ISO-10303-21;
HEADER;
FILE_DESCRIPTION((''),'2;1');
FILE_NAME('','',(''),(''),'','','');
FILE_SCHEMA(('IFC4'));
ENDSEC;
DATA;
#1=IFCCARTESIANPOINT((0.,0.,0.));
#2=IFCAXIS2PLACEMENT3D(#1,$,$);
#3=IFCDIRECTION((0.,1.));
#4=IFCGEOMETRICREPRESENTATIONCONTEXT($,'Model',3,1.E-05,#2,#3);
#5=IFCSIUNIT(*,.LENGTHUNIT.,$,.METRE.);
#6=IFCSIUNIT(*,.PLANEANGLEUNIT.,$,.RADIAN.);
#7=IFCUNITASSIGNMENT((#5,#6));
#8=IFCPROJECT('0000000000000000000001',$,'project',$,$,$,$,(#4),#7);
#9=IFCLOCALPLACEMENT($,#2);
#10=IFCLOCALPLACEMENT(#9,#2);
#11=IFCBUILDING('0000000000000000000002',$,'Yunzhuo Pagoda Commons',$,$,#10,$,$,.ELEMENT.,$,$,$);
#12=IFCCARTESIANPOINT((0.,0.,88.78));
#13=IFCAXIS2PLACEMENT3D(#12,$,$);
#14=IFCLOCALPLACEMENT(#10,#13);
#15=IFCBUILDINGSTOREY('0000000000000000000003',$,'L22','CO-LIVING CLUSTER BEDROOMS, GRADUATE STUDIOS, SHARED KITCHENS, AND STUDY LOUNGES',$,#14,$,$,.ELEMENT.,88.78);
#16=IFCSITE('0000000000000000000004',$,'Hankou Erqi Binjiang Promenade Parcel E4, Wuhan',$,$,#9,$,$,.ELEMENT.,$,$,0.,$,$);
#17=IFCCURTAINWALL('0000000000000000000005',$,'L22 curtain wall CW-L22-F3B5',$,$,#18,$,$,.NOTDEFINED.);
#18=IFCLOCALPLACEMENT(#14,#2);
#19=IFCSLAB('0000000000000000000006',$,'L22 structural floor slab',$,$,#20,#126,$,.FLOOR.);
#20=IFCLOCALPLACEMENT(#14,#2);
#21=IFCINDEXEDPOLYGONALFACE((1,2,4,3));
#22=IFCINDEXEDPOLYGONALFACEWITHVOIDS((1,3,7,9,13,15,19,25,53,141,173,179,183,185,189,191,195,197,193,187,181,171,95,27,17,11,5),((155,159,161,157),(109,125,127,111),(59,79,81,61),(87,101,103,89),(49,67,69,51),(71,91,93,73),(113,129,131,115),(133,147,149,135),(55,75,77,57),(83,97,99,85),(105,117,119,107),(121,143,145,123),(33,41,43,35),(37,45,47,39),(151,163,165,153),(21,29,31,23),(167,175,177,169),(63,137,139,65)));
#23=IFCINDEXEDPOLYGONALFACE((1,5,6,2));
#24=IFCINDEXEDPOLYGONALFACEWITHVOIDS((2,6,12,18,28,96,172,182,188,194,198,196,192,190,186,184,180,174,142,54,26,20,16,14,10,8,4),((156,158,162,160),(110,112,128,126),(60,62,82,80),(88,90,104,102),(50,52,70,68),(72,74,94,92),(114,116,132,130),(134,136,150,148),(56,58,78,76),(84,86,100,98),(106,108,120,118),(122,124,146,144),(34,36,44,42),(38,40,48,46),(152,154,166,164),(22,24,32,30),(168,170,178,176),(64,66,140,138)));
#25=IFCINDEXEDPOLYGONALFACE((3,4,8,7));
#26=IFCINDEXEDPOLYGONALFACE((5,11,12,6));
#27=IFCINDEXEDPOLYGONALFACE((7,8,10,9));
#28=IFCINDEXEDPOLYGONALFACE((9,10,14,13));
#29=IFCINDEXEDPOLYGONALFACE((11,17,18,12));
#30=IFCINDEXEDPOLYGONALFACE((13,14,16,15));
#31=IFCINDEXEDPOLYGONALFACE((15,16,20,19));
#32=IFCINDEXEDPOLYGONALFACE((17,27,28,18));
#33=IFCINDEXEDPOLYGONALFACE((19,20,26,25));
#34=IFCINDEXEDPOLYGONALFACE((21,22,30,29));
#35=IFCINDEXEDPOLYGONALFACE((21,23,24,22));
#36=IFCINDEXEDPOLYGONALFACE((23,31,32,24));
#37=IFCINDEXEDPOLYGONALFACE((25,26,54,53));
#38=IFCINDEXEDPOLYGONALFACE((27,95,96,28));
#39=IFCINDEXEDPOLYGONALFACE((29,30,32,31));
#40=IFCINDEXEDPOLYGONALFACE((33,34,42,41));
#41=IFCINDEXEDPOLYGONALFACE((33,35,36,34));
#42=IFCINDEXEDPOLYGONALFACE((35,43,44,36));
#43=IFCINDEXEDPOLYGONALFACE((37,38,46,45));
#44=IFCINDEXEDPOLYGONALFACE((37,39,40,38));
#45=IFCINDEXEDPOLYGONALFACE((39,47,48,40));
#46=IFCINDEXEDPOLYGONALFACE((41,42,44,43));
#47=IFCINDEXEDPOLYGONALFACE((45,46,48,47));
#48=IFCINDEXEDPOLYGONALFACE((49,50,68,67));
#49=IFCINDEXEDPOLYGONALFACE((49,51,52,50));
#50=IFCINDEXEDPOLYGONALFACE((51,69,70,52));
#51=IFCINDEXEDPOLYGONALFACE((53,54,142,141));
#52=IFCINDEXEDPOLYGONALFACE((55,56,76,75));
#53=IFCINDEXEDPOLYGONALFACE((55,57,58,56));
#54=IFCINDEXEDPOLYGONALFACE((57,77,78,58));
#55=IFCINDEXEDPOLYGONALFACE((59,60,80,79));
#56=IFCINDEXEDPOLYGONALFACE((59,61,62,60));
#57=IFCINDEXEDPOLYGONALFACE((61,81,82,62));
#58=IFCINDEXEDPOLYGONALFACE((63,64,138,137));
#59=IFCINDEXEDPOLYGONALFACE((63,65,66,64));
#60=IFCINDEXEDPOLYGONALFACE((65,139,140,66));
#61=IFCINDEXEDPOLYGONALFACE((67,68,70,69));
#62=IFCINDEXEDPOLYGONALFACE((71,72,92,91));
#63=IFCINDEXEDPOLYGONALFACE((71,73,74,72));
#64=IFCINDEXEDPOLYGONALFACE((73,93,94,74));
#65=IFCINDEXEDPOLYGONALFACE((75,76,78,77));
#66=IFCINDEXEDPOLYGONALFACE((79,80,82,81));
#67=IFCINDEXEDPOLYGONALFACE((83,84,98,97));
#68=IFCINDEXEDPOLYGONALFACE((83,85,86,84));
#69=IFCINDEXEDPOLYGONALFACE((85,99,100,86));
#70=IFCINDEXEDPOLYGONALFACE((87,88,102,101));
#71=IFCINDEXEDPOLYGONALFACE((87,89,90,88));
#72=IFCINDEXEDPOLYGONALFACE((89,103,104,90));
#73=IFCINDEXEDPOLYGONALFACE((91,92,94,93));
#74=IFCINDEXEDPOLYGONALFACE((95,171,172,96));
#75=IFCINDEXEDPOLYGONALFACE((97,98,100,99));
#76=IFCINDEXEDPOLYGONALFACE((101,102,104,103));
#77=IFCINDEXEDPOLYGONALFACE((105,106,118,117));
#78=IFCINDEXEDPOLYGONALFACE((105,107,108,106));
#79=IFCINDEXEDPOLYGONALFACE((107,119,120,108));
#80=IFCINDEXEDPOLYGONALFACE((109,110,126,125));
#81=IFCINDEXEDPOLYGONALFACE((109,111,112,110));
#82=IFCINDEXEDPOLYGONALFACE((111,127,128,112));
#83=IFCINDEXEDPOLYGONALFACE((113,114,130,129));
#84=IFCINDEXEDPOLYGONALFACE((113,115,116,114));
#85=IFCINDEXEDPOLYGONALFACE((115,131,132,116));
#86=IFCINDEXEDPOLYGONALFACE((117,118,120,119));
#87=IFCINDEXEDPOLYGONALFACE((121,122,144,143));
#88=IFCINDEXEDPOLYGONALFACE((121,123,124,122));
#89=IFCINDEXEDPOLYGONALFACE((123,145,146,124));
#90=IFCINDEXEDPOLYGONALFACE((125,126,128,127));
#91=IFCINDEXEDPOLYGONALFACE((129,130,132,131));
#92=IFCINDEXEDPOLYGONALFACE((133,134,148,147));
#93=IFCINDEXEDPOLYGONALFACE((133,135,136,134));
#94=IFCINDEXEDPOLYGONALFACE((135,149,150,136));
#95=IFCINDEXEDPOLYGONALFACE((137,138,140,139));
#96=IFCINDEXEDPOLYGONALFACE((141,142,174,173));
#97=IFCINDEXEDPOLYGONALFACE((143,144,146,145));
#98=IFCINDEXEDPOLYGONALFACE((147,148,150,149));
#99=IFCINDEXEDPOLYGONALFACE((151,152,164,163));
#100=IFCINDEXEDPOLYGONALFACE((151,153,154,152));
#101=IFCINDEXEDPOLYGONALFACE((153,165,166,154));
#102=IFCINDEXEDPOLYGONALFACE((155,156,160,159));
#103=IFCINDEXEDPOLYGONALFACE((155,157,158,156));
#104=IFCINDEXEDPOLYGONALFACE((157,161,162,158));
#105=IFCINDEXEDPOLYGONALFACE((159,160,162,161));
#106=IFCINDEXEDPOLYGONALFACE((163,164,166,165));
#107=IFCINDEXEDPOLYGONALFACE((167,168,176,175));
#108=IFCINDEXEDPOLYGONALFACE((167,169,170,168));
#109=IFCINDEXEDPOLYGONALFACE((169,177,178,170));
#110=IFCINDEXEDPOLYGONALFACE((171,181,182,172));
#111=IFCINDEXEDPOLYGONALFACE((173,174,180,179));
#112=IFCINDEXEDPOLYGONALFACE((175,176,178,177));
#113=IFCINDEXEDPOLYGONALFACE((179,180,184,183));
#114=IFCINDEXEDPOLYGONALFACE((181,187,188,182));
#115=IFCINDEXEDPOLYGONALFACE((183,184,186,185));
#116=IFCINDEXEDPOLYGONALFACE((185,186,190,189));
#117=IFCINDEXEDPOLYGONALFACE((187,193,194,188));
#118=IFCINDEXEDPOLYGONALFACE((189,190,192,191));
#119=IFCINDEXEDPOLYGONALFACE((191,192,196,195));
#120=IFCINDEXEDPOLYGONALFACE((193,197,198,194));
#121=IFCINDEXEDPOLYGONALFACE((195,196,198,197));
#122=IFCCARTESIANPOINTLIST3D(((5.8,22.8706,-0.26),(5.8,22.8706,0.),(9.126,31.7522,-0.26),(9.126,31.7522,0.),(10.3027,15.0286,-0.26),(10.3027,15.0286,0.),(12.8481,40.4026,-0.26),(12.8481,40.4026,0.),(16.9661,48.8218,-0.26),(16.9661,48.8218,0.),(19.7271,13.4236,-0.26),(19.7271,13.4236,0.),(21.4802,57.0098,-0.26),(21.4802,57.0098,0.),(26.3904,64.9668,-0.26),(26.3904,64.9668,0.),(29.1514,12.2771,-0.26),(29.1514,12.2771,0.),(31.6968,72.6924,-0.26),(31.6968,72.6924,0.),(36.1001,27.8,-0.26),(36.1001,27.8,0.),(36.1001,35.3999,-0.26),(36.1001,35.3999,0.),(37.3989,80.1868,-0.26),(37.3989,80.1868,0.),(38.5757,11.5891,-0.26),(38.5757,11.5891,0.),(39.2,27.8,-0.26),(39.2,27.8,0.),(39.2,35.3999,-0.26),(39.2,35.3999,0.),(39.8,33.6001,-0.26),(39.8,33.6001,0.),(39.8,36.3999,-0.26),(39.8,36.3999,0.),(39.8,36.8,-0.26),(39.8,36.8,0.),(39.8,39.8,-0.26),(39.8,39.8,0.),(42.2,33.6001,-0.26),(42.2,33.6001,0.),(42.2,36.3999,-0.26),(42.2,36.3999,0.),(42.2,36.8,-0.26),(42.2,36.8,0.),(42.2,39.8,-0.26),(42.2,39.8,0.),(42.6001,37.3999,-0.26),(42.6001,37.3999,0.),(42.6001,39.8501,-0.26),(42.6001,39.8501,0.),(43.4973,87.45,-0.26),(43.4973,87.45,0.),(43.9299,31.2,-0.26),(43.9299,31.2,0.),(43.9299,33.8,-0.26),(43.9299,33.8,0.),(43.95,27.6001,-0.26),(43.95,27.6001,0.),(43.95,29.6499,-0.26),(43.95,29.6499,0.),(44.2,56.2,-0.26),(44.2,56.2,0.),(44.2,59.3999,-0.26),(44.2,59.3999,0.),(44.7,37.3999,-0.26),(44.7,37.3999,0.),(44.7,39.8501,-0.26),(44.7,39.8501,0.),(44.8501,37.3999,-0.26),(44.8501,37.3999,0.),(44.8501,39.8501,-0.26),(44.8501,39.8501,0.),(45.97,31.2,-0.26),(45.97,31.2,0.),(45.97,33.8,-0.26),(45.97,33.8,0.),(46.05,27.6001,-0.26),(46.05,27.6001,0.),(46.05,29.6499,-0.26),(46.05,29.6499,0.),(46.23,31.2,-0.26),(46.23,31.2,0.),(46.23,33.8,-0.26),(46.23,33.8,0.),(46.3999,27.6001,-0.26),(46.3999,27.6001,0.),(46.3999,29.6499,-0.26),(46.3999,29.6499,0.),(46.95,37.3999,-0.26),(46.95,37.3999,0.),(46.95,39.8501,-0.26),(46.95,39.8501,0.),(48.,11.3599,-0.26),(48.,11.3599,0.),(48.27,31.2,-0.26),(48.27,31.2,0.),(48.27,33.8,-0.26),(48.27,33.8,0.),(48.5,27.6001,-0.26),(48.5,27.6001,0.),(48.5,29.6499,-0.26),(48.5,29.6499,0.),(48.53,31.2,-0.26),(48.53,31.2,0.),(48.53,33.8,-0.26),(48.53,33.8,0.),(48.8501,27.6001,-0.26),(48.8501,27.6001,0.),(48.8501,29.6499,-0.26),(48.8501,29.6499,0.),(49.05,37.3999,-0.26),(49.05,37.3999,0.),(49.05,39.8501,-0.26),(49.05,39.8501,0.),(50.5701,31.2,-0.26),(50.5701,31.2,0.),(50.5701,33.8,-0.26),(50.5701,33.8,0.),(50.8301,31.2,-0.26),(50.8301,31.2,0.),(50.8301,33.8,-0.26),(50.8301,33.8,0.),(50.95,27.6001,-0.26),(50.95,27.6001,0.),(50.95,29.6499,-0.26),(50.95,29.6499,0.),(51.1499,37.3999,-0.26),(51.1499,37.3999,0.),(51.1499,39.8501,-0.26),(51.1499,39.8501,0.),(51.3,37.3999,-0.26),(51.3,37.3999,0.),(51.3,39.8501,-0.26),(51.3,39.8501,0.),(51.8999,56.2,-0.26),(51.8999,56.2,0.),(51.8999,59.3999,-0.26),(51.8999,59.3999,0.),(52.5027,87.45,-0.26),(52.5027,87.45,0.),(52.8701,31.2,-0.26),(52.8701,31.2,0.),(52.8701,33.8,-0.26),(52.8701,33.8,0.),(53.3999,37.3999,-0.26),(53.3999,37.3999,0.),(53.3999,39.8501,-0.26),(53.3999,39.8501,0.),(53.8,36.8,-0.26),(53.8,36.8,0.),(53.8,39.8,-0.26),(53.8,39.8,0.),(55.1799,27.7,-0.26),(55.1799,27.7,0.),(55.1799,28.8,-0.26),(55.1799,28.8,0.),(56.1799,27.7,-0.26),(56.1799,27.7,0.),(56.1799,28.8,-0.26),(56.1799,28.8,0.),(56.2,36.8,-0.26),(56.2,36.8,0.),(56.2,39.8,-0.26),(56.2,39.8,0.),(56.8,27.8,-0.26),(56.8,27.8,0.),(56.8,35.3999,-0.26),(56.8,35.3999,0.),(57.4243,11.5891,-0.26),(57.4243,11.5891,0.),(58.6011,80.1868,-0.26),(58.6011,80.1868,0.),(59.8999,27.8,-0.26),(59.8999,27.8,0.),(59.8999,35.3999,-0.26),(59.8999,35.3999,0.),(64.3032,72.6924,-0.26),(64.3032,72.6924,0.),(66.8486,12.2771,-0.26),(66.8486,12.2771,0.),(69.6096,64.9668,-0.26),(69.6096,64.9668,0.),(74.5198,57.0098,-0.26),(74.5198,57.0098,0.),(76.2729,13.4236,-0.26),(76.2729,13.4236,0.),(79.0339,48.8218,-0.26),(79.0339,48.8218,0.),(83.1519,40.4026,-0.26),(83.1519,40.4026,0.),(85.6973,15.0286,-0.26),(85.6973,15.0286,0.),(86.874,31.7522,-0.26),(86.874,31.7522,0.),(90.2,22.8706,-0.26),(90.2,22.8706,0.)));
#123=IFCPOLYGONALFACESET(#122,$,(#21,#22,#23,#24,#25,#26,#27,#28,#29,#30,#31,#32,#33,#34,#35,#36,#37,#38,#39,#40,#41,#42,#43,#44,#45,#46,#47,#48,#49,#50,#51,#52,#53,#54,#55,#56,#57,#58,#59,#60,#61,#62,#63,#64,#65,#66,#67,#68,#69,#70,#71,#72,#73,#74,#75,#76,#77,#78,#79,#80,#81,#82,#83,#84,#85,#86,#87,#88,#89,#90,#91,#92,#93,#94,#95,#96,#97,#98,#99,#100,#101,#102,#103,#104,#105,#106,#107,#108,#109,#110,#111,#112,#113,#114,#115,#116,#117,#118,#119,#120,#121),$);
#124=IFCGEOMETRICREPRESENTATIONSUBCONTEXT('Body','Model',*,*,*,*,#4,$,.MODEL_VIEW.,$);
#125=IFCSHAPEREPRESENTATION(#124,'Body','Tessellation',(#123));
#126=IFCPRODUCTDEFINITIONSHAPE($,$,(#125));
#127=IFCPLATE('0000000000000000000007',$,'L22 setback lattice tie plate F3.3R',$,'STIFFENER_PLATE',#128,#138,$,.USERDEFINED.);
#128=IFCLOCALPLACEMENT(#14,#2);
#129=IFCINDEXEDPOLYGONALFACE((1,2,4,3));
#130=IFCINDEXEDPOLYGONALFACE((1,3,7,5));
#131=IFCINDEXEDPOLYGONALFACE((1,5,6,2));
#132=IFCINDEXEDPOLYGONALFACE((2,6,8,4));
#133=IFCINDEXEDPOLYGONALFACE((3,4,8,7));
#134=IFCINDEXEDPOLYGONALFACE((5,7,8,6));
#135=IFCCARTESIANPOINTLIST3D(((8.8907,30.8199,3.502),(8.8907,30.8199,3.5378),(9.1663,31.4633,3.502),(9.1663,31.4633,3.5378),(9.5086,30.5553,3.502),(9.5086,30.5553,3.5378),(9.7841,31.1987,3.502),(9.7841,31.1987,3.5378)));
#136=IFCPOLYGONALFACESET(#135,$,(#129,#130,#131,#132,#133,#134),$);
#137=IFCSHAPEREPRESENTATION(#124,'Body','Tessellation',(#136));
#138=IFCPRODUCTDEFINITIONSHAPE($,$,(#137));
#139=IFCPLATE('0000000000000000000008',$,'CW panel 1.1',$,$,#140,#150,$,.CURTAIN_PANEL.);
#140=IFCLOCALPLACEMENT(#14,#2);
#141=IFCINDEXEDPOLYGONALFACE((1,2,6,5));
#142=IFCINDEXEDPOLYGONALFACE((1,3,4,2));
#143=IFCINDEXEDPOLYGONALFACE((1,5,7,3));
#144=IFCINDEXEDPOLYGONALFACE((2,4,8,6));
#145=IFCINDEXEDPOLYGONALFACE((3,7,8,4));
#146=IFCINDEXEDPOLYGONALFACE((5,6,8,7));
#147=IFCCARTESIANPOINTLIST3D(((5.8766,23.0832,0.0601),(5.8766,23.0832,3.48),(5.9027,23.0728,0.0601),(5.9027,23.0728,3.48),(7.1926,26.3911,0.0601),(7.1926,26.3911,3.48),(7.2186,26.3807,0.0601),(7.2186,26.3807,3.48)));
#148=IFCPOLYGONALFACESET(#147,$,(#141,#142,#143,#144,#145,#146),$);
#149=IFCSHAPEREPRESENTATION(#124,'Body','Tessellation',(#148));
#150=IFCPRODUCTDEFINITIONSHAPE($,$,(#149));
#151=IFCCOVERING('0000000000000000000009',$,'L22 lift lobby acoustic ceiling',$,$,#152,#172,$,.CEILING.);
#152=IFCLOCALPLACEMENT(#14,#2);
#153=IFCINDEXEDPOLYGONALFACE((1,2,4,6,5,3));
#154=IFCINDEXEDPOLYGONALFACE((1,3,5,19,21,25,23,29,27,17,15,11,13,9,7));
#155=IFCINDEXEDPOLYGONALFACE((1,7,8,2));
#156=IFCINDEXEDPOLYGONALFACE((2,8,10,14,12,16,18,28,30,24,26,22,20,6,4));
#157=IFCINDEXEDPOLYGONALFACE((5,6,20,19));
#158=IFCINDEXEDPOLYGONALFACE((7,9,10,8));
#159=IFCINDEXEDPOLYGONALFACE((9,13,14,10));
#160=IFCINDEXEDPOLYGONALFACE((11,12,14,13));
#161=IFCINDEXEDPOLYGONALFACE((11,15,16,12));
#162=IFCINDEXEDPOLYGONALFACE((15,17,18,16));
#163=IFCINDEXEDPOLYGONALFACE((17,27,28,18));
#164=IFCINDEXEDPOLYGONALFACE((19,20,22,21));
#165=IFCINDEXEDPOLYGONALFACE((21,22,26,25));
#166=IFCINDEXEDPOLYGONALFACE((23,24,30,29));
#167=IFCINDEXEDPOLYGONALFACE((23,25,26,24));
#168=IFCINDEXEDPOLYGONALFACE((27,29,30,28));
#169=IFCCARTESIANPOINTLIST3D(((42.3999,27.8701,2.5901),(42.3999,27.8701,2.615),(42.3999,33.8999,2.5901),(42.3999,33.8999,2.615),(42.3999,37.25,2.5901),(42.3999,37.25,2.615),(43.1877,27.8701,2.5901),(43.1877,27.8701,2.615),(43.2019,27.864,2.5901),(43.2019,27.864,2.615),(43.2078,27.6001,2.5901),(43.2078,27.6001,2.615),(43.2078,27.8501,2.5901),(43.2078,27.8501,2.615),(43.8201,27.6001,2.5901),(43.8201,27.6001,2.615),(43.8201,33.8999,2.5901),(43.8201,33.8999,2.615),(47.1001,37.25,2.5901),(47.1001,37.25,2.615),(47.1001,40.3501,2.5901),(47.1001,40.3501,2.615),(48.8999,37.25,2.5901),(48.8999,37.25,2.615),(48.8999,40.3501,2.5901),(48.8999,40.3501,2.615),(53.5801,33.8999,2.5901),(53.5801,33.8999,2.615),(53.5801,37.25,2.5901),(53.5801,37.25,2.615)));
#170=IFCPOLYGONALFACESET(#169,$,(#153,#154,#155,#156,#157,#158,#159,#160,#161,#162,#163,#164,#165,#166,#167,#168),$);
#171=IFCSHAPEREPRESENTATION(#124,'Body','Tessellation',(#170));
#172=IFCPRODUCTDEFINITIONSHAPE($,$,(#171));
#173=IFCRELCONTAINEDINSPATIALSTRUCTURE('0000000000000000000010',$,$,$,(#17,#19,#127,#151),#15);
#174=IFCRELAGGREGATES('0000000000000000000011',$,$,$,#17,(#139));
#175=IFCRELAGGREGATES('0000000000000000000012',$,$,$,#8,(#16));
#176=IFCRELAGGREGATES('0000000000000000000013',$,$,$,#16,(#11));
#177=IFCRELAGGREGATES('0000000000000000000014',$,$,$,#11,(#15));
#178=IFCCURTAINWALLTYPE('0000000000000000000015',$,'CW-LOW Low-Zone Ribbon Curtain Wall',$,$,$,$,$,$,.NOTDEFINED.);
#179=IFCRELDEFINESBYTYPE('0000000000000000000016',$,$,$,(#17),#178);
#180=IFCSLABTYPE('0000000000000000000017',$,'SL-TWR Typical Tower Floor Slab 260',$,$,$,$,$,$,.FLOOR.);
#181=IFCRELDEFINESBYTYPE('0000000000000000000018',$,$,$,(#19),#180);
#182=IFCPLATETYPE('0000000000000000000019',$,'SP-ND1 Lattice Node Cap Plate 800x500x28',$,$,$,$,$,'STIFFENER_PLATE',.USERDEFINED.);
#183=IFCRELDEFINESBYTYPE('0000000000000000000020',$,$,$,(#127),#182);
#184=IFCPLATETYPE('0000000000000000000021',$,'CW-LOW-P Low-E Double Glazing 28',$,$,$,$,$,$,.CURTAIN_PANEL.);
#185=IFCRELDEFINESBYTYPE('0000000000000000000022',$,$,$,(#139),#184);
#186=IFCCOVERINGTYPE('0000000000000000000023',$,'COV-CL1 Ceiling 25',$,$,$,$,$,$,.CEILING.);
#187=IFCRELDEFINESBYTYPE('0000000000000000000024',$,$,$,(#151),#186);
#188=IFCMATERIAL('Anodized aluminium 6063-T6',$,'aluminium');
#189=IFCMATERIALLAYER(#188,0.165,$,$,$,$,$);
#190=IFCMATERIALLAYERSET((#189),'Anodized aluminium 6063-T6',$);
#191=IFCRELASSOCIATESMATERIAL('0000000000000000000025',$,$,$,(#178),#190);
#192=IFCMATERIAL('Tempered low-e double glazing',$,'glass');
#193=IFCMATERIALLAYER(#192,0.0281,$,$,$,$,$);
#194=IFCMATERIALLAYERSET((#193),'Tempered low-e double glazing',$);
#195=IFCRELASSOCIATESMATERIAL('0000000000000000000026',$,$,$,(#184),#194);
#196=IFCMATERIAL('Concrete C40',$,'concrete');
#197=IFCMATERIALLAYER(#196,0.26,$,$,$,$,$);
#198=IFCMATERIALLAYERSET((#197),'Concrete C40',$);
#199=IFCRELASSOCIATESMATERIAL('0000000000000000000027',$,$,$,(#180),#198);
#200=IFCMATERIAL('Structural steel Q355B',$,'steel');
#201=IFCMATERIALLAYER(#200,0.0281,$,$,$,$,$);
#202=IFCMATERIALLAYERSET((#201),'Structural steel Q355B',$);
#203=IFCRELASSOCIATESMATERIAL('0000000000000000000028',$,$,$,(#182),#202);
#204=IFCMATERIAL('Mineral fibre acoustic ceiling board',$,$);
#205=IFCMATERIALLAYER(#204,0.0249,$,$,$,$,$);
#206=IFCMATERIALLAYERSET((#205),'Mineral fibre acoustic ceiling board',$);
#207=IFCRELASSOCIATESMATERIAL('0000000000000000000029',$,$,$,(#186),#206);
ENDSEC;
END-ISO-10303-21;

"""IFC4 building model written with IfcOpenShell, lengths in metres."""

from ifc_helpers import new_model, si_unit, direction, frame, origin, origin_2d, place, context, subcontext, project, spatial, polyline, rectangle, outline, extrude, source, transform, mapped, material, layer, layer_set, type_object, element, aggregate, save


model = new_model("IFC4")

# Units and contexts
model_context = context("Model", 3, precision=1e-05, world=origin(), true_north=direction((0.0, 1.0)))
body_context = subcontext(model_context, "Body", "Model", "MODEL_VIEW")
ifc_project = project(units=[si_unit("LENGTHUNIT", "METRE"), si_unit("PLANEANGLEUNIT", "RADIAN")], contexts=[model_context])

# Site, building, storey
site_placement = place(None, origin())
site = spatial("IfcSite", under=ifc_project, at=site_placement, Name="Hankou Erqi Binjiang Promenade Parcel E4, Wuhan", CompositionType="ELEMENT", RefElevation=0.0)
building_placement = place(site_placement, origin())
building = spatial("IfcBuilding", under=site, at=building_placement, Name="Yunzhuo Pagoda Commons", CompositionType="ELEMENT")
storey_placement = place(building_placement, frame((0.0, 0.0, 88.78)))
storey = spatial("IfcBuildingStorey", under=building, at=storey_placement, Name="L22", Description="CO-LIVING CLUSTER BEDROOMS, GRADUATE STUDIOS, SHARED KITCHENS, AND STUDY LOUNGES", CompositionType="ELEMENT", Elevation=88.78)

# Shared definitions
ifc_material_1 = material(Name="Structural steel Q355B", Category="steel")

# Shared definitions
ifc_material_2 = material(Name="Anodized aluminium 6063-T6", Category="aluminium")
ifc_layer_1 = layer(ifc_material_2, 0.165)
ifc_layer_set_1 = layer_set([ifc_layer_1], Name="Anodized aluminium 6063-T6")
curtain_wall_type = type_object("IfcCurtainWallType", Name="CW-LOW Low-Zone Ribbon Curtain Wall", PredefinedType="NOTDEFINED", material=ifc_layer_set_1)

# Curtain wall
curtain_wall_1_placement = place(storey_placement, origin())
curtain_wall_1 = element("IfcCurtainWall", 1, at=curtain_wall_1_placement, inside=storey, type_object=curtain_wall_type, Name="L22 curtain wall CW-L22-F3B5", PredefinedType="NOTDEFINED")

# Shared definitions
ifc_material_3 = material(Name="Tempered low-e double glazing", Category="glass")
ifc_layer_2 = layer(ifc_material_3, 0.0281)
ifc_layer_set_2 = layer_set([ifc_layer_2], Name="Tempered low-e double glazing")
plate_type_1 = type_object("IfcPlateType", Name="CW-LOW-P Low-E Double Glazing 28", PredefinedType="CURTAIN_PANEL", material=ifc_layer_set_2)

# Shared definitions
ifc_material_4 = material(Name="Concrete C40", Category="concrete")

# Slab
ifc_layer_3 = layer(ifc_material_4, 0.26)
ifc_layer_set_3 = layer_set([ifc_layer_3], Name="Concrete C40")
slab_type_1 = type_object("IfcSlabType", Name="SL-TWR Typical Tower Floor Slab 260", PredefinedType="FLOOR", material=ifc_layer_set_3)
slab_1_placement = place(storey_placement, frame((0.0, 0.0, -0.26)))
element("IfcSlab", 2, at=slab_1_placement, inside=storey, type_object=slab_type_1, Name="L22 structural floor slab", PredefinedType="FLOOR", context=body_context, shape_type="SweptSolid", body=[
    extrude(outline(polyline([(9.126, 31.7522), (12.8481, 40.4026), (16.9661, 48.8218), (21.4802, 57.0098), (26.3904, 64.9668), (31.6968, 72.6924), (37.3989, 80.1868), (43.4973, 87.45), (52.5027, 87.45), (58.6011, 80.1868), (64.3032, 72.6924), (69.6096, 64.9668), (74.5198, 57.0098), (79.0339, 48.8218), (83.1519, 40.4026), (86.874, 31.7522), (90.2, 22.8706), (85.6973, 15.0286), (76.2729, 13.4236), (66.8486, 12.2771), (57.4243, 11.5891), (48.0, 11.3599), (38.5757, 11.5891), (29.1514, 12.2771), (19.7271, 13.4236), (10.3027, 15.0286), (5.8, 22.8706), (9.126, 31.7522)]), holes=[polyline([(46.05, 27.6001), (46.05, 29.6499), (43.95, 29.6499), (43.95, 27.6001), (46.05, 27.6001)]), polyline([(48.5, 27.6001), (48.5, 29.6499), (46.3999, 29.6499), (46.3999, 27.6001), (48.5, 27.6001)]), polyline([(36.1001, 27.8), (39.2, 27.8), (39.2, 35.3999), (36.1001, 35.3999), (36.1001, 27.8)]), polyline([(45.97, 31.2), (45.97, 33.8), (43.9299, 33.8), (43.9299, 31.2), (45.97, 31.2)]), polyline([(48.27, 31.2), (48.27, 33.8), (46.23, 33.8), (46.23, 31.2), (48.27, 31.2)]), polyline([(42.2, 33.6001), (42.2, 36.3999), (39.8, 36.3999), (39.8, 33.6001), (42.2, 33.6001)]), polyline([(42.2, 36.8), (42.2, 39.8), (39.8, 39.8), (39.8, 36.8), (42.2, 36.8)]), polyline([(42.6001, 37.3999), (44.7, 37.3999), (44.7, 39.8501), (42.6001, 39.8501), (42.6001, 37.3999)]), polyline([(44.8501, 37.3999), (46.95, 37.3999), (46.95, 39.8501), (44.8501, 39.8501), (44.8501, 37.3999)]), polyline([(56.1799, 27.7), (56.1799, 28.8), (55.1799, 28.8), (55.1799, 27.7), (56.1799, 27.7)]), polyline([(50.95, 27.6001), (50.95, 29.6499), (48.8501, 29.6499), (48.8501, 27.6001), (50.95, 27.6001)]), polyline([(56.8, 27.8), (59.8999, 27.8), (59.8999, 35.3999), (56.8, 35.3999), (56.8, 27.8)]), polyline([(50.5701, 31.2), (50.5701, 33.8), (48.53, 33.8), (48.53, 31.2), (50.5701, 31.2)]), polyline([(52.8701, 31.2), (52.8701, 33.8), (50.8301, 33.8), (50.8301, 31.2), (52.8701, 31.2)]), polyline([(56.2, 36.8), (56.2, 39.8), (53.8, 39.8), (53.8, 36.8), (56.2, 36.8)]), polyline([(51.1499, 37.3999), (51.1499, 39.8501), (49.05, 39.8501), (49.05, 37.3999), (51.1499, 37.3999)]), polyline([(51.3, 37.3999), (53.3999, 37.3999), (53.3999, 39.8501), (51.3, 39.8501), (51.3, 37.3999)]), polyline([(44.2, 56.2), (51.8999, 56.2), (51.8999, 59.3999), (44.2, 59.3999), (44.2, 56.2)])]), origin(), (0.0, 0.0, 1.0), 0.26),
])

# Plates
ifc_layer_4 = layer(ifc_material_1, 0.0281)
ifc_layer_set_4 = layer_set([ifc_layer_4], Name="Structural steel Q355B")
plate_type_2 = type_object("IfcPlateType", Name="SP-ND1 Lattice Node Cap Plate 800x500x28", ElementType="STIFFENER_PLATE", PredefinedType="USERDEFINED", material=ifc_layer_set_4)
shared_shape_1 = source(origin(), body_context, "Body", "SweptSolid", [
    extrude(rectangle(XDim=0.7, YDim=0.6721, at=origin_2d()), origin(), (0.0, 0.0, 1.0), 0.0359),
])
plate_1_placement = place(storey_placement, frame((9.3374, 31.0093, 3.502), z_axis=(0.0, 0.0, 1.0), x_axis=(-0.393669, -0.919252, 0.0)))
element("IfcPlate", 3, at=plate_1_placement, inside=storey, type_object=plate_type_2, Name="L22 setback lattice tie plate F3.3R", ObjectType="STIFFENER_PLATE", PredefinedType="USERDEFINED", context=body_context, shape_type="MappedRepresentation", body=[
    mapped(shared_shape_1, transform((0.0, 0.0, 0.0), scale=1.0)),
])
shared_shape_2 = source(origin(), body_context, "Body", "SweptSolid", [
    extrude(rectangle(XDim=3.5601, YDim=0.0281, at=origin_2d()), origin(), (0.0, 0.0, 1.0), 3.4199),
])
plate_2_placement = place(storey_placement, frame((6.5476, 24.7319, 0.0601), z_axis=(0.0, 0.0, 1.0), x_axis=(-0.369652, -0.92917, 0.0)))
plate_2 = element("IfcPlate", 4, at=plate_2_placement, type_object=plate_type_1, Name="CW panel 1.1", PredefinedType="CURTAIN_PANEL", context=body_context, shape_type="MappedRepresentation", body=[
    mapped(shared_shape_2, transform((0.0, 0.0, 0.0), scale=1.0)),
])
aggregate(curtain_wall_1, [plate_2])

# Covering
ifc_material_5 = material(Name="Mineral fibre acoustic ceiling board")
ifc_layer_5 = layer(ifc_material_5, 0.0249)
ifc_layer_set_5 = layer_set([ifc_layer_5], Name="Mineral fibre acoustic ceiling board")
covering_type_1 = type_object("IfcCoveringType", Name="COV-CL1 Ceiling 25", PredefinedType="CEILING", material=ifc_layer_set_5)
covering_1_placement = place(storey_placement, frame((0.0, 0.0, 2.5901)))
element("IfcCovering", 5, at=covering_1_placement, inside=storey, type_object=covering_type_1, Name="L22 lift lobby acoustic ceiling", PredefinedType="CEILING", context=body_context, shape_type="SweptSolid", body=[
    extrude(outline(polyline([(43.2078, 27.8501), (43.2019, 27.864), (43.1877, 27.8701), (42.3999, 27.8701), (42.3999, 33.8999), (42.3999, 37.25), (47.1001, 37.25), (47.1001, 40.3501), (48.8999, 40.3501), (48.8999, 37.25), (53.5801, 37.25), (53.5801, 33.8999), (43.8201, 33.8999), (43.8201, 27.6001), (43.2078, 27.6001), (43.2078, 27.8501)])), origin(), (0.0, 0.0, 1.0), 0.0249),
])

save(model, "model.ifc")
